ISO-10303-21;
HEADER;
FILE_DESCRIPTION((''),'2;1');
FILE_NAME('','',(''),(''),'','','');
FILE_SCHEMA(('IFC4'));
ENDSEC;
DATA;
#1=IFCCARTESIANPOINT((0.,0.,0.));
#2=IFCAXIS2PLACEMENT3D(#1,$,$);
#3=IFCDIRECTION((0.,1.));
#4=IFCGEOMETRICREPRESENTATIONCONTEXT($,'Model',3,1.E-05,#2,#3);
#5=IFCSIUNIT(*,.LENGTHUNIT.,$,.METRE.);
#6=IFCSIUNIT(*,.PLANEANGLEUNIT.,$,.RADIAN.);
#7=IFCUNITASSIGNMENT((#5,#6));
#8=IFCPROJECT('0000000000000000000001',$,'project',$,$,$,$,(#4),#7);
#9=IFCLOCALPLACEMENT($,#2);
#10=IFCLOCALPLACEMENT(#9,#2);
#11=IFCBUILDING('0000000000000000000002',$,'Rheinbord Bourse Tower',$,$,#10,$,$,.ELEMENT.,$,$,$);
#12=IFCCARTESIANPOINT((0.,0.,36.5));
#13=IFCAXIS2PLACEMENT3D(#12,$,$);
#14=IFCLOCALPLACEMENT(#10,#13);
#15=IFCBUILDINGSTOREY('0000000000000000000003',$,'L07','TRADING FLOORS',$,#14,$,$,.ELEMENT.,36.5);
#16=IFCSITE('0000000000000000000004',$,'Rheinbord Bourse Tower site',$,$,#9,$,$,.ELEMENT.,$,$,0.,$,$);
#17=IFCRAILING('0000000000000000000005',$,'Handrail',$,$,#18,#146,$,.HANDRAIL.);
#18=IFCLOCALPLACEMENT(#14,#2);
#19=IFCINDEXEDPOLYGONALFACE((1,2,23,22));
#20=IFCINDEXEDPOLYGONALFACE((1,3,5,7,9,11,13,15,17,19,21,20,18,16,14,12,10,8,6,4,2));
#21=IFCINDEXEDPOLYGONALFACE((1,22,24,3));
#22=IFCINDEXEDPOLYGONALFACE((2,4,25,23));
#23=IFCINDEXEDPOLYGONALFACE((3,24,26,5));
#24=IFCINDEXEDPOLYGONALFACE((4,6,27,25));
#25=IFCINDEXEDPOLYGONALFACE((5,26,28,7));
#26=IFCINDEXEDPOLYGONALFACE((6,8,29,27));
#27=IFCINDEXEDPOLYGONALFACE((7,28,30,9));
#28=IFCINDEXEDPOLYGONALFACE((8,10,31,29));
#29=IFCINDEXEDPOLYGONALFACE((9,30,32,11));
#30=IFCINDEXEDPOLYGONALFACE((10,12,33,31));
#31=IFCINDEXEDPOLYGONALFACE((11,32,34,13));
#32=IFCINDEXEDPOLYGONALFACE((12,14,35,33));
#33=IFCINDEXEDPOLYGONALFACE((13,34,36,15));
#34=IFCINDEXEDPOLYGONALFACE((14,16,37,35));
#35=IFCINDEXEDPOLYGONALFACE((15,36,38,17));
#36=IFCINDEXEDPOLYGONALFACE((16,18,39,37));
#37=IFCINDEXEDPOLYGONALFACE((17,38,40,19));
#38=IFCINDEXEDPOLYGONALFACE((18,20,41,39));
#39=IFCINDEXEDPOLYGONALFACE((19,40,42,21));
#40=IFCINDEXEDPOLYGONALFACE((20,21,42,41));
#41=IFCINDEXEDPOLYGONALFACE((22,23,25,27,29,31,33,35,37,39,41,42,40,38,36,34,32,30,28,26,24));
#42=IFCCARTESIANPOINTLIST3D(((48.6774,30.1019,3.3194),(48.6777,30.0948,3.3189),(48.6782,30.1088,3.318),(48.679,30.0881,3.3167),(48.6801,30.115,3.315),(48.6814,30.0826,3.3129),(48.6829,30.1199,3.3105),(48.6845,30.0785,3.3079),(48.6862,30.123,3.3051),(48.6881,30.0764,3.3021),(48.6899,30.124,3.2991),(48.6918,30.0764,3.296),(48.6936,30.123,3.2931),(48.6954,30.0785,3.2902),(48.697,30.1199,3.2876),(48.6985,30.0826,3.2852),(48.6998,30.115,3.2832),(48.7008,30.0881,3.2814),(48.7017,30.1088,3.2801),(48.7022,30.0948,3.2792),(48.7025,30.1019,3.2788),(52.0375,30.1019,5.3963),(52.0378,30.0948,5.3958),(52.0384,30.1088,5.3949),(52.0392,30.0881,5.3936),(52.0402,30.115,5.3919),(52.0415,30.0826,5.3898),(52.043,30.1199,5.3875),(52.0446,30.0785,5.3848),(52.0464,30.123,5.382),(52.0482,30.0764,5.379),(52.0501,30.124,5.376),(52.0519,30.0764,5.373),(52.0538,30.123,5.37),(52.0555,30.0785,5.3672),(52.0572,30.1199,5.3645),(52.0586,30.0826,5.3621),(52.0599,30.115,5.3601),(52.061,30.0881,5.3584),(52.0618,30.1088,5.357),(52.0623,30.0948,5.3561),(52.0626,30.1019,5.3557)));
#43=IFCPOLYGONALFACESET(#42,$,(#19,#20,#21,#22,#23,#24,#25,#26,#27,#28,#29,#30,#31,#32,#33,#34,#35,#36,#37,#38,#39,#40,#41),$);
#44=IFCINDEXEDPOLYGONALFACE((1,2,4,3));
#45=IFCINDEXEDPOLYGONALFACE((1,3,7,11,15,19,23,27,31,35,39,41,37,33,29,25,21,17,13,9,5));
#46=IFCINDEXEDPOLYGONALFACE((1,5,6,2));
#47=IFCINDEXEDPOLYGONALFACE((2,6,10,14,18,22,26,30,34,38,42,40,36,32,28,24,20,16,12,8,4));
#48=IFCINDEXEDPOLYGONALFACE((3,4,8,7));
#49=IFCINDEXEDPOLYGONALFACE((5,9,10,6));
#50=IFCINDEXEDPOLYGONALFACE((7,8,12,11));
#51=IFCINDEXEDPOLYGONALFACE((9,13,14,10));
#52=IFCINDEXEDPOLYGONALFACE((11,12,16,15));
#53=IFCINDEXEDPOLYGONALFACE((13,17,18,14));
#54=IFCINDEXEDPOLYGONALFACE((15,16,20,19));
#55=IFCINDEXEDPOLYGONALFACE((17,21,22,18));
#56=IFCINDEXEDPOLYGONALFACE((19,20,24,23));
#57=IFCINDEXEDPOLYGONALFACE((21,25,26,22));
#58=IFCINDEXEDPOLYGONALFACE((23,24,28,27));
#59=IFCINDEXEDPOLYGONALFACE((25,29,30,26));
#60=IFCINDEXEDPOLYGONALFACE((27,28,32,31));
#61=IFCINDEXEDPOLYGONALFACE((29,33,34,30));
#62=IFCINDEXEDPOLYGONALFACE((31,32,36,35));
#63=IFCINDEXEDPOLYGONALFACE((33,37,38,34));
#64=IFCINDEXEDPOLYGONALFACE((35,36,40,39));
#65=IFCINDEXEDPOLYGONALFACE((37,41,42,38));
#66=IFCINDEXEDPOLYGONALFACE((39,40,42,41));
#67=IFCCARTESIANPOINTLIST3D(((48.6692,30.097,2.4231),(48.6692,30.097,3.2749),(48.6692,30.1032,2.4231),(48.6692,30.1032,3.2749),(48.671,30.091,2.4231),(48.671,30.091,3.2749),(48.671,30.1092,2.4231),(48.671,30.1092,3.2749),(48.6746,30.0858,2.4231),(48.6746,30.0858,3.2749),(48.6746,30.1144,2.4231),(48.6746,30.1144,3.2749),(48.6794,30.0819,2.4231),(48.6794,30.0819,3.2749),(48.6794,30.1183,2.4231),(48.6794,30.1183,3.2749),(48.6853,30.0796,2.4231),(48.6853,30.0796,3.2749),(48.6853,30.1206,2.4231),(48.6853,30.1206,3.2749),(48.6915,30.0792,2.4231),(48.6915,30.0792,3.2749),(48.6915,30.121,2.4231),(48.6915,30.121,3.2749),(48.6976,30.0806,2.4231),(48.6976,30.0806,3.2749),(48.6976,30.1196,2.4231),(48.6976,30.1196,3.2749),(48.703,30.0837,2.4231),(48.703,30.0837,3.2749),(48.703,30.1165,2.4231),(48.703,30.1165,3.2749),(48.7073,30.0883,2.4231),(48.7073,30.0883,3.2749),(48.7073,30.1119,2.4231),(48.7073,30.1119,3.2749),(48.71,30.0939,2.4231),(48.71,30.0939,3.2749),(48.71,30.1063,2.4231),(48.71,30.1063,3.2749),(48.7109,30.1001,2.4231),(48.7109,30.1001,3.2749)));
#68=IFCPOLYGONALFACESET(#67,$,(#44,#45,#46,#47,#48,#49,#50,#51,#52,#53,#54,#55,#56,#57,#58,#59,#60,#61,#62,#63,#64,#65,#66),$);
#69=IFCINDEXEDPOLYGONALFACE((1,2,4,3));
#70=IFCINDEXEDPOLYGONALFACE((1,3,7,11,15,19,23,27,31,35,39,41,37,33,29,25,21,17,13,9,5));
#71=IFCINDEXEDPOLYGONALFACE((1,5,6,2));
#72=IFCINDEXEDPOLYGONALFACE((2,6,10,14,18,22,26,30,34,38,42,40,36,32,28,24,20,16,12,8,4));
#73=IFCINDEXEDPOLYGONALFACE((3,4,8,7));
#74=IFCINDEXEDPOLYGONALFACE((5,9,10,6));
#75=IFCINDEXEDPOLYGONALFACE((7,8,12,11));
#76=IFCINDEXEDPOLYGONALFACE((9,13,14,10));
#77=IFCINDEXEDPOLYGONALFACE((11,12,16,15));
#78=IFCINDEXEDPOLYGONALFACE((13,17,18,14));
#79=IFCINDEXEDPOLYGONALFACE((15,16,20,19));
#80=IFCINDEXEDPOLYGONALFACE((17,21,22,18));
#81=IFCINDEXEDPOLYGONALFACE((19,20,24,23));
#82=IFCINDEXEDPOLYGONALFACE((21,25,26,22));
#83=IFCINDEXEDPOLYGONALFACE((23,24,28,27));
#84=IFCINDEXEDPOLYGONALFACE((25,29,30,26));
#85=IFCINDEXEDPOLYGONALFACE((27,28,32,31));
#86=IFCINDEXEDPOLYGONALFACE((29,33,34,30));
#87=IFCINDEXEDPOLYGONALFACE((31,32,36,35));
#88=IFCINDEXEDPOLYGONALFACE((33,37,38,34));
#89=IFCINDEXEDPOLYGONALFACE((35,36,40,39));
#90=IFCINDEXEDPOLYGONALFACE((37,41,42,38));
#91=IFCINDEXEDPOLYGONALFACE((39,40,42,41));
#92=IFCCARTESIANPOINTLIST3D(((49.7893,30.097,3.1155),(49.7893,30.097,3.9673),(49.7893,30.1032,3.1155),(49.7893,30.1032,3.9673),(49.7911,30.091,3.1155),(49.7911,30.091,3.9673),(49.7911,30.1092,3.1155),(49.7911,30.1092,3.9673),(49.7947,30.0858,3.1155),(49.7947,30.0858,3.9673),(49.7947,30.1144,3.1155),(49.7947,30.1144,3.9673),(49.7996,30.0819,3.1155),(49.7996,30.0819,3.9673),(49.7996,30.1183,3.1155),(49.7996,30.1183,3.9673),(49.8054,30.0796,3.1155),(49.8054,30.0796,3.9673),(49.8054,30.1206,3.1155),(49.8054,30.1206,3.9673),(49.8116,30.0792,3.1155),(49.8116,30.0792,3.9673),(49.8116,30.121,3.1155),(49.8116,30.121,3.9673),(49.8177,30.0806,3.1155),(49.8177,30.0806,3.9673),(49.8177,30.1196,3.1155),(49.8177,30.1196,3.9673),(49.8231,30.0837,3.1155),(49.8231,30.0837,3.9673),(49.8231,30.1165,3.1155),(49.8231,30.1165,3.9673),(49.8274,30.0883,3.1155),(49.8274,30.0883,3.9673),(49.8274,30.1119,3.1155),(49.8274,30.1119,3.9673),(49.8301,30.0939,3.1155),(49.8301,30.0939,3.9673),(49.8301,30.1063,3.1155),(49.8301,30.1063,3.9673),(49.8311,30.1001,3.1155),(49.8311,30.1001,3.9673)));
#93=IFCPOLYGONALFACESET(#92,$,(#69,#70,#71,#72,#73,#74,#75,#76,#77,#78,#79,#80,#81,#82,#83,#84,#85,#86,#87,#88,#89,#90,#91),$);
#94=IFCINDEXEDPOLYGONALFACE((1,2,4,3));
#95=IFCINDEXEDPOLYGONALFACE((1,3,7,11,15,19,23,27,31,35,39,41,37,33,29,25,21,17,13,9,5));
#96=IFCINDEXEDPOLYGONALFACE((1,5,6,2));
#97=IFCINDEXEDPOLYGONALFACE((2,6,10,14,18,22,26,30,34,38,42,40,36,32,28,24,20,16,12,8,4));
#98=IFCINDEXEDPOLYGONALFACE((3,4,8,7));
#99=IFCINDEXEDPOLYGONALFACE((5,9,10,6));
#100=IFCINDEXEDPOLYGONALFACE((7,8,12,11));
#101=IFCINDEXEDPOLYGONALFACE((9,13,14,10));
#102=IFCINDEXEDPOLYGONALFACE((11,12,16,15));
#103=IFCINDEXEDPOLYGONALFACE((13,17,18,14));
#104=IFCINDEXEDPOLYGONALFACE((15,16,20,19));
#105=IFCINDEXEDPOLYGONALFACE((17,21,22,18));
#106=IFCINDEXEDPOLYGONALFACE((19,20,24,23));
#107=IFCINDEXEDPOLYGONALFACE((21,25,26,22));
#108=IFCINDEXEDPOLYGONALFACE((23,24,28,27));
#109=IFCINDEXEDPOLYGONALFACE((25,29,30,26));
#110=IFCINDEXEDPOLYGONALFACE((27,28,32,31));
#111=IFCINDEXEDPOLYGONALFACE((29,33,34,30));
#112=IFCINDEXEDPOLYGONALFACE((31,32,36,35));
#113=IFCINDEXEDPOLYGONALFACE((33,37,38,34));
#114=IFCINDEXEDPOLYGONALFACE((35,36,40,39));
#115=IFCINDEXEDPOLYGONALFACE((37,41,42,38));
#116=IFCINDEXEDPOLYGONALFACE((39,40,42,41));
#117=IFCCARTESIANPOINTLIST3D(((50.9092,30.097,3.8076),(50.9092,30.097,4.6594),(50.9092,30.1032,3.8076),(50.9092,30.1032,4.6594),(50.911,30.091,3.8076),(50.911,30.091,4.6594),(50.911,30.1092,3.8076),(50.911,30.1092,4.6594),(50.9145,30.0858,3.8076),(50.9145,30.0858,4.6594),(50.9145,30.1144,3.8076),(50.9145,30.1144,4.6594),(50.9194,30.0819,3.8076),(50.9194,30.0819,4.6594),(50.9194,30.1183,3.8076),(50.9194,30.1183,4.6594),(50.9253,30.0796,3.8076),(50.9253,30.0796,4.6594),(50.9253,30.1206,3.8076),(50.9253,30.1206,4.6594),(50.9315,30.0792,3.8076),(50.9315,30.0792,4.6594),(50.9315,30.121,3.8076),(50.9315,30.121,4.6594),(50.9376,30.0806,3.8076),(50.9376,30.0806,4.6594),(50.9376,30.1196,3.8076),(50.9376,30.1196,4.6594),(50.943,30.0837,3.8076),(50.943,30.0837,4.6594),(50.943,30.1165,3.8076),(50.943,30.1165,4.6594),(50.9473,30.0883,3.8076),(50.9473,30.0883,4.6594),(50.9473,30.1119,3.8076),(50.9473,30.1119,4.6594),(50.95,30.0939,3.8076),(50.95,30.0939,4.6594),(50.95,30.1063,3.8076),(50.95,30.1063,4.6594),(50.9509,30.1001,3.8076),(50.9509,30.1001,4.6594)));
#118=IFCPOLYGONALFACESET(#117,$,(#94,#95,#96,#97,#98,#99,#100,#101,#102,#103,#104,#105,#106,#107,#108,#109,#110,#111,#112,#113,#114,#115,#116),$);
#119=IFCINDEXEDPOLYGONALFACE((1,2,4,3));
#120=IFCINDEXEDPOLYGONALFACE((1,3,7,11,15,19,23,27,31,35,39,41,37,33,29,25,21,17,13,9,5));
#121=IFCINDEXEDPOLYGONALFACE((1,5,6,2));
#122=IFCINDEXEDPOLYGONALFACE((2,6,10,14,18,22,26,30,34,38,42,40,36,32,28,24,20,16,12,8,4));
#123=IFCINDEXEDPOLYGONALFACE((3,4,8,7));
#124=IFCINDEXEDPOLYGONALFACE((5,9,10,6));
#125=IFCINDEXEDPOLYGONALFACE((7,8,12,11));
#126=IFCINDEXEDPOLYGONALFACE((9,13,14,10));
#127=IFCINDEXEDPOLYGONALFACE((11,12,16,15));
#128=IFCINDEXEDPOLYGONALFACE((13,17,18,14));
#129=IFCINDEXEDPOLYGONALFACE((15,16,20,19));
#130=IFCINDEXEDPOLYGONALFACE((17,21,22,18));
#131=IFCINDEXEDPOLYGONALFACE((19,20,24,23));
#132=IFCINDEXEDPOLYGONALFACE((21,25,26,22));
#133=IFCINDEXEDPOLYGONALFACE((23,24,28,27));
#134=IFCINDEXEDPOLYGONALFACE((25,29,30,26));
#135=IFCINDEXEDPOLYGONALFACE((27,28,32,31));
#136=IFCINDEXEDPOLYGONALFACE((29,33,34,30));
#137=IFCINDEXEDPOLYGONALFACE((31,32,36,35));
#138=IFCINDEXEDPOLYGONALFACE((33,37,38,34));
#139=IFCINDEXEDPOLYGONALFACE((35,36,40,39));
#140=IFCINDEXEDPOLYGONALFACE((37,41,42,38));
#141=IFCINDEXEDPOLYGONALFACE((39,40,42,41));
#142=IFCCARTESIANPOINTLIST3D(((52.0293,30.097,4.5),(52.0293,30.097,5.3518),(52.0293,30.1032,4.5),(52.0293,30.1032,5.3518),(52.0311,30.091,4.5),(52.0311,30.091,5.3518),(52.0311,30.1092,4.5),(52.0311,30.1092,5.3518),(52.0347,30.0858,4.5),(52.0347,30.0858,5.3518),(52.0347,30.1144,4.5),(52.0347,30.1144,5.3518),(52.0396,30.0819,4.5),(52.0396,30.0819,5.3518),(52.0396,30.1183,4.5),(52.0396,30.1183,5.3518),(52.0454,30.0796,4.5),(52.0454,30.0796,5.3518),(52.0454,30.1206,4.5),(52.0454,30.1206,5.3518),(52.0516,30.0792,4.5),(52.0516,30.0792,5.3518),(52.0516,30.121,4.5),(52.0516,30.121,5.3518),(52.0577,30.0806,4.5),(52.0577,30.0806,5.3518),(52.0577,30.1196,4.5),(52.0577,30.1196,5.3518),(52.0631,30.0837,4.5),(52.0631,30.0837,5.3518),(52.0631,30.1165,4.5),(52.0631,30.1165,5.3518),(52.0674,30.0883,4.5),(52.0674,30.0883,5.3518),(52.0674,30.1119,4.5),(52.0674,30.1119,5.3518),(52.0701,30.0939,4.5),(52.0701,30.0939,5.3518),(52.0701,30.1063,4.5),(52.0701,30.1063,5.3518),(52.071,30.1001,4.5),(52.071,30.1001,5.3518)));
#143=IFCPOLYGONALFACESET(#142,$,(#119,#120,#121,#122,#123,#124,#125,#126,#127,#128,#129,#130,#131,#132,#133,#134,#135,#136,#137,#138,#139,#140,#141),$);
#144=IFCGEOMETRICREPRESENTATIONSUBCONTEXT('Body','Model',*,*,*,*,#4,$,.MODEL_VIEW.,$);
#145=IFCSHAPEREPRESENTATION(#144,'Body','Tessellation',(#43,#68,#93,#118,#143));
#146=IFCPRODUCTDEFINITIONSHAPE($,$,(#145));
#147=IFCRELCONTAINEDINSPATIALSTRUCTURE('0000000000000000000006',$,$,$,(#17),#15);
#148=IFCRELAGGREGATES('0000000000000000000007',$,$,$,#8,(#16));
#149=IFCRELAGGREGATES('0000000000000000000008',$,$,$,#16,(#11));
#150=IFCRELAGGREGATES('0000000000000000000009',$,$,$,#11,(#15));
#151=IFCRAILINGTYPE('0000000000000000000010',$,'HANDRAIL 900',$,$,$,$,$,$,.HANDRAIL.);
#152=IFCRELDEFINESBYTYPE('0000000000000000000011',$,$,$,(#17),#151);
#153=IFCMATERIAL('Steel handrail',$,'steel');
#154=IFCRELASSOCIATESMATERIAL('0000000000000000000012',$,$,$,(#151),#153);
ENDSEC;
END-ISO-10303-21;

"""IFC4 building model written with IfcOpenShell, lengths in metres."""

from ifc_helpers import new_model, si_unit, direction, frame, origin, origin_2d, place, context, subcontext, project, spatial, circle, extrude, material, type_object, element, save


model = new_model("IFC4")

# Units and contexts
model_context = context("Model", 3, precision=1e-05, world=origin(), true_north=direction((0.0, 1.0)))
body_context = subcontext(model_context, "Body", "Model", "MODEL_VIEW")
ifc_project = project(units=[si_unit("LENGTHUNIT", "METRE"), si_unit("PLANEANGLEUNIT", "RADIAN")], contexts=[model_context])

# Site, building, storey
site_placement = place(None, origin())
site = spatial("IfcSite", under=ifc_project, at=site_placement, Name="Rheinbord Bourse Tower site", CompositionType="ELEMENT", RefElevation=0.0)
building_placement = place(site_placement, origin())
building = spatial("IfcBuilding", under=site, at=building_placement, Name="Rheinbord Bourse Tower", CompositionType="ELEMENT")
storey_placement = place(building_placement, frame((0.0, 0.0, 36.5)))
storey = spatial("IfcBuildingStorey", under=building, at=storey_placement, Name="L07", Description="TRADING FLOORS", CompositionType="ELEMENT", Elevation=36.5)

# Railing
ifc_material_1 = material(Name="Steel handrail", Category="steel")
railing_type = type_object("IfcRailingType", Name="HANDRAIL 900", PredefinedType="HANDRAIL", material=ifc_material_1)
railing_1_placement = place(storey_placement, frame((48.6899, 30.1001, 2.4231)))
element("IfcRailing", 1, at=railing_1_placement, inside=storey, type_object=railing_type, Name="Handrail", PredefinedType="HANDRAIL", context=body_context, shape_type="SweptSolid", body=[
    extrude(circle(Radius=0.0239, at=origin_2d()), frame((0.0, 0.0, 0.876), z_axis=(0.850623, 0.0, 0.525776), x_axis=(0.0, 1.0, 0.0)), (0.0, 0.0, 1.0), 3.9502),
    extrude(circle(Radius=0.021, at=origin_2d()), origin(), (0.0, 0.0, 1.0), 0.8518),
    extrude(circle(Radius=0.021, at=origin_2d()), frame((1.1201, 0.0, 0.6924)), (0.0, 0.0, 1.0), 0.8518),
    extrude(circle(Radius=0.021, at=origin_2d()), frame((2.24, 0.0, 1.3845)), (0.0, 0.0, 1.0), 0.8518),
    extrude(circle(Radius=0.021, at=origin_2d()), frame((3.3601, 0.0, 2.0769)), (0.0, 0.0, 1.0), 0.8518),
])

save(model, "model.ifc")
